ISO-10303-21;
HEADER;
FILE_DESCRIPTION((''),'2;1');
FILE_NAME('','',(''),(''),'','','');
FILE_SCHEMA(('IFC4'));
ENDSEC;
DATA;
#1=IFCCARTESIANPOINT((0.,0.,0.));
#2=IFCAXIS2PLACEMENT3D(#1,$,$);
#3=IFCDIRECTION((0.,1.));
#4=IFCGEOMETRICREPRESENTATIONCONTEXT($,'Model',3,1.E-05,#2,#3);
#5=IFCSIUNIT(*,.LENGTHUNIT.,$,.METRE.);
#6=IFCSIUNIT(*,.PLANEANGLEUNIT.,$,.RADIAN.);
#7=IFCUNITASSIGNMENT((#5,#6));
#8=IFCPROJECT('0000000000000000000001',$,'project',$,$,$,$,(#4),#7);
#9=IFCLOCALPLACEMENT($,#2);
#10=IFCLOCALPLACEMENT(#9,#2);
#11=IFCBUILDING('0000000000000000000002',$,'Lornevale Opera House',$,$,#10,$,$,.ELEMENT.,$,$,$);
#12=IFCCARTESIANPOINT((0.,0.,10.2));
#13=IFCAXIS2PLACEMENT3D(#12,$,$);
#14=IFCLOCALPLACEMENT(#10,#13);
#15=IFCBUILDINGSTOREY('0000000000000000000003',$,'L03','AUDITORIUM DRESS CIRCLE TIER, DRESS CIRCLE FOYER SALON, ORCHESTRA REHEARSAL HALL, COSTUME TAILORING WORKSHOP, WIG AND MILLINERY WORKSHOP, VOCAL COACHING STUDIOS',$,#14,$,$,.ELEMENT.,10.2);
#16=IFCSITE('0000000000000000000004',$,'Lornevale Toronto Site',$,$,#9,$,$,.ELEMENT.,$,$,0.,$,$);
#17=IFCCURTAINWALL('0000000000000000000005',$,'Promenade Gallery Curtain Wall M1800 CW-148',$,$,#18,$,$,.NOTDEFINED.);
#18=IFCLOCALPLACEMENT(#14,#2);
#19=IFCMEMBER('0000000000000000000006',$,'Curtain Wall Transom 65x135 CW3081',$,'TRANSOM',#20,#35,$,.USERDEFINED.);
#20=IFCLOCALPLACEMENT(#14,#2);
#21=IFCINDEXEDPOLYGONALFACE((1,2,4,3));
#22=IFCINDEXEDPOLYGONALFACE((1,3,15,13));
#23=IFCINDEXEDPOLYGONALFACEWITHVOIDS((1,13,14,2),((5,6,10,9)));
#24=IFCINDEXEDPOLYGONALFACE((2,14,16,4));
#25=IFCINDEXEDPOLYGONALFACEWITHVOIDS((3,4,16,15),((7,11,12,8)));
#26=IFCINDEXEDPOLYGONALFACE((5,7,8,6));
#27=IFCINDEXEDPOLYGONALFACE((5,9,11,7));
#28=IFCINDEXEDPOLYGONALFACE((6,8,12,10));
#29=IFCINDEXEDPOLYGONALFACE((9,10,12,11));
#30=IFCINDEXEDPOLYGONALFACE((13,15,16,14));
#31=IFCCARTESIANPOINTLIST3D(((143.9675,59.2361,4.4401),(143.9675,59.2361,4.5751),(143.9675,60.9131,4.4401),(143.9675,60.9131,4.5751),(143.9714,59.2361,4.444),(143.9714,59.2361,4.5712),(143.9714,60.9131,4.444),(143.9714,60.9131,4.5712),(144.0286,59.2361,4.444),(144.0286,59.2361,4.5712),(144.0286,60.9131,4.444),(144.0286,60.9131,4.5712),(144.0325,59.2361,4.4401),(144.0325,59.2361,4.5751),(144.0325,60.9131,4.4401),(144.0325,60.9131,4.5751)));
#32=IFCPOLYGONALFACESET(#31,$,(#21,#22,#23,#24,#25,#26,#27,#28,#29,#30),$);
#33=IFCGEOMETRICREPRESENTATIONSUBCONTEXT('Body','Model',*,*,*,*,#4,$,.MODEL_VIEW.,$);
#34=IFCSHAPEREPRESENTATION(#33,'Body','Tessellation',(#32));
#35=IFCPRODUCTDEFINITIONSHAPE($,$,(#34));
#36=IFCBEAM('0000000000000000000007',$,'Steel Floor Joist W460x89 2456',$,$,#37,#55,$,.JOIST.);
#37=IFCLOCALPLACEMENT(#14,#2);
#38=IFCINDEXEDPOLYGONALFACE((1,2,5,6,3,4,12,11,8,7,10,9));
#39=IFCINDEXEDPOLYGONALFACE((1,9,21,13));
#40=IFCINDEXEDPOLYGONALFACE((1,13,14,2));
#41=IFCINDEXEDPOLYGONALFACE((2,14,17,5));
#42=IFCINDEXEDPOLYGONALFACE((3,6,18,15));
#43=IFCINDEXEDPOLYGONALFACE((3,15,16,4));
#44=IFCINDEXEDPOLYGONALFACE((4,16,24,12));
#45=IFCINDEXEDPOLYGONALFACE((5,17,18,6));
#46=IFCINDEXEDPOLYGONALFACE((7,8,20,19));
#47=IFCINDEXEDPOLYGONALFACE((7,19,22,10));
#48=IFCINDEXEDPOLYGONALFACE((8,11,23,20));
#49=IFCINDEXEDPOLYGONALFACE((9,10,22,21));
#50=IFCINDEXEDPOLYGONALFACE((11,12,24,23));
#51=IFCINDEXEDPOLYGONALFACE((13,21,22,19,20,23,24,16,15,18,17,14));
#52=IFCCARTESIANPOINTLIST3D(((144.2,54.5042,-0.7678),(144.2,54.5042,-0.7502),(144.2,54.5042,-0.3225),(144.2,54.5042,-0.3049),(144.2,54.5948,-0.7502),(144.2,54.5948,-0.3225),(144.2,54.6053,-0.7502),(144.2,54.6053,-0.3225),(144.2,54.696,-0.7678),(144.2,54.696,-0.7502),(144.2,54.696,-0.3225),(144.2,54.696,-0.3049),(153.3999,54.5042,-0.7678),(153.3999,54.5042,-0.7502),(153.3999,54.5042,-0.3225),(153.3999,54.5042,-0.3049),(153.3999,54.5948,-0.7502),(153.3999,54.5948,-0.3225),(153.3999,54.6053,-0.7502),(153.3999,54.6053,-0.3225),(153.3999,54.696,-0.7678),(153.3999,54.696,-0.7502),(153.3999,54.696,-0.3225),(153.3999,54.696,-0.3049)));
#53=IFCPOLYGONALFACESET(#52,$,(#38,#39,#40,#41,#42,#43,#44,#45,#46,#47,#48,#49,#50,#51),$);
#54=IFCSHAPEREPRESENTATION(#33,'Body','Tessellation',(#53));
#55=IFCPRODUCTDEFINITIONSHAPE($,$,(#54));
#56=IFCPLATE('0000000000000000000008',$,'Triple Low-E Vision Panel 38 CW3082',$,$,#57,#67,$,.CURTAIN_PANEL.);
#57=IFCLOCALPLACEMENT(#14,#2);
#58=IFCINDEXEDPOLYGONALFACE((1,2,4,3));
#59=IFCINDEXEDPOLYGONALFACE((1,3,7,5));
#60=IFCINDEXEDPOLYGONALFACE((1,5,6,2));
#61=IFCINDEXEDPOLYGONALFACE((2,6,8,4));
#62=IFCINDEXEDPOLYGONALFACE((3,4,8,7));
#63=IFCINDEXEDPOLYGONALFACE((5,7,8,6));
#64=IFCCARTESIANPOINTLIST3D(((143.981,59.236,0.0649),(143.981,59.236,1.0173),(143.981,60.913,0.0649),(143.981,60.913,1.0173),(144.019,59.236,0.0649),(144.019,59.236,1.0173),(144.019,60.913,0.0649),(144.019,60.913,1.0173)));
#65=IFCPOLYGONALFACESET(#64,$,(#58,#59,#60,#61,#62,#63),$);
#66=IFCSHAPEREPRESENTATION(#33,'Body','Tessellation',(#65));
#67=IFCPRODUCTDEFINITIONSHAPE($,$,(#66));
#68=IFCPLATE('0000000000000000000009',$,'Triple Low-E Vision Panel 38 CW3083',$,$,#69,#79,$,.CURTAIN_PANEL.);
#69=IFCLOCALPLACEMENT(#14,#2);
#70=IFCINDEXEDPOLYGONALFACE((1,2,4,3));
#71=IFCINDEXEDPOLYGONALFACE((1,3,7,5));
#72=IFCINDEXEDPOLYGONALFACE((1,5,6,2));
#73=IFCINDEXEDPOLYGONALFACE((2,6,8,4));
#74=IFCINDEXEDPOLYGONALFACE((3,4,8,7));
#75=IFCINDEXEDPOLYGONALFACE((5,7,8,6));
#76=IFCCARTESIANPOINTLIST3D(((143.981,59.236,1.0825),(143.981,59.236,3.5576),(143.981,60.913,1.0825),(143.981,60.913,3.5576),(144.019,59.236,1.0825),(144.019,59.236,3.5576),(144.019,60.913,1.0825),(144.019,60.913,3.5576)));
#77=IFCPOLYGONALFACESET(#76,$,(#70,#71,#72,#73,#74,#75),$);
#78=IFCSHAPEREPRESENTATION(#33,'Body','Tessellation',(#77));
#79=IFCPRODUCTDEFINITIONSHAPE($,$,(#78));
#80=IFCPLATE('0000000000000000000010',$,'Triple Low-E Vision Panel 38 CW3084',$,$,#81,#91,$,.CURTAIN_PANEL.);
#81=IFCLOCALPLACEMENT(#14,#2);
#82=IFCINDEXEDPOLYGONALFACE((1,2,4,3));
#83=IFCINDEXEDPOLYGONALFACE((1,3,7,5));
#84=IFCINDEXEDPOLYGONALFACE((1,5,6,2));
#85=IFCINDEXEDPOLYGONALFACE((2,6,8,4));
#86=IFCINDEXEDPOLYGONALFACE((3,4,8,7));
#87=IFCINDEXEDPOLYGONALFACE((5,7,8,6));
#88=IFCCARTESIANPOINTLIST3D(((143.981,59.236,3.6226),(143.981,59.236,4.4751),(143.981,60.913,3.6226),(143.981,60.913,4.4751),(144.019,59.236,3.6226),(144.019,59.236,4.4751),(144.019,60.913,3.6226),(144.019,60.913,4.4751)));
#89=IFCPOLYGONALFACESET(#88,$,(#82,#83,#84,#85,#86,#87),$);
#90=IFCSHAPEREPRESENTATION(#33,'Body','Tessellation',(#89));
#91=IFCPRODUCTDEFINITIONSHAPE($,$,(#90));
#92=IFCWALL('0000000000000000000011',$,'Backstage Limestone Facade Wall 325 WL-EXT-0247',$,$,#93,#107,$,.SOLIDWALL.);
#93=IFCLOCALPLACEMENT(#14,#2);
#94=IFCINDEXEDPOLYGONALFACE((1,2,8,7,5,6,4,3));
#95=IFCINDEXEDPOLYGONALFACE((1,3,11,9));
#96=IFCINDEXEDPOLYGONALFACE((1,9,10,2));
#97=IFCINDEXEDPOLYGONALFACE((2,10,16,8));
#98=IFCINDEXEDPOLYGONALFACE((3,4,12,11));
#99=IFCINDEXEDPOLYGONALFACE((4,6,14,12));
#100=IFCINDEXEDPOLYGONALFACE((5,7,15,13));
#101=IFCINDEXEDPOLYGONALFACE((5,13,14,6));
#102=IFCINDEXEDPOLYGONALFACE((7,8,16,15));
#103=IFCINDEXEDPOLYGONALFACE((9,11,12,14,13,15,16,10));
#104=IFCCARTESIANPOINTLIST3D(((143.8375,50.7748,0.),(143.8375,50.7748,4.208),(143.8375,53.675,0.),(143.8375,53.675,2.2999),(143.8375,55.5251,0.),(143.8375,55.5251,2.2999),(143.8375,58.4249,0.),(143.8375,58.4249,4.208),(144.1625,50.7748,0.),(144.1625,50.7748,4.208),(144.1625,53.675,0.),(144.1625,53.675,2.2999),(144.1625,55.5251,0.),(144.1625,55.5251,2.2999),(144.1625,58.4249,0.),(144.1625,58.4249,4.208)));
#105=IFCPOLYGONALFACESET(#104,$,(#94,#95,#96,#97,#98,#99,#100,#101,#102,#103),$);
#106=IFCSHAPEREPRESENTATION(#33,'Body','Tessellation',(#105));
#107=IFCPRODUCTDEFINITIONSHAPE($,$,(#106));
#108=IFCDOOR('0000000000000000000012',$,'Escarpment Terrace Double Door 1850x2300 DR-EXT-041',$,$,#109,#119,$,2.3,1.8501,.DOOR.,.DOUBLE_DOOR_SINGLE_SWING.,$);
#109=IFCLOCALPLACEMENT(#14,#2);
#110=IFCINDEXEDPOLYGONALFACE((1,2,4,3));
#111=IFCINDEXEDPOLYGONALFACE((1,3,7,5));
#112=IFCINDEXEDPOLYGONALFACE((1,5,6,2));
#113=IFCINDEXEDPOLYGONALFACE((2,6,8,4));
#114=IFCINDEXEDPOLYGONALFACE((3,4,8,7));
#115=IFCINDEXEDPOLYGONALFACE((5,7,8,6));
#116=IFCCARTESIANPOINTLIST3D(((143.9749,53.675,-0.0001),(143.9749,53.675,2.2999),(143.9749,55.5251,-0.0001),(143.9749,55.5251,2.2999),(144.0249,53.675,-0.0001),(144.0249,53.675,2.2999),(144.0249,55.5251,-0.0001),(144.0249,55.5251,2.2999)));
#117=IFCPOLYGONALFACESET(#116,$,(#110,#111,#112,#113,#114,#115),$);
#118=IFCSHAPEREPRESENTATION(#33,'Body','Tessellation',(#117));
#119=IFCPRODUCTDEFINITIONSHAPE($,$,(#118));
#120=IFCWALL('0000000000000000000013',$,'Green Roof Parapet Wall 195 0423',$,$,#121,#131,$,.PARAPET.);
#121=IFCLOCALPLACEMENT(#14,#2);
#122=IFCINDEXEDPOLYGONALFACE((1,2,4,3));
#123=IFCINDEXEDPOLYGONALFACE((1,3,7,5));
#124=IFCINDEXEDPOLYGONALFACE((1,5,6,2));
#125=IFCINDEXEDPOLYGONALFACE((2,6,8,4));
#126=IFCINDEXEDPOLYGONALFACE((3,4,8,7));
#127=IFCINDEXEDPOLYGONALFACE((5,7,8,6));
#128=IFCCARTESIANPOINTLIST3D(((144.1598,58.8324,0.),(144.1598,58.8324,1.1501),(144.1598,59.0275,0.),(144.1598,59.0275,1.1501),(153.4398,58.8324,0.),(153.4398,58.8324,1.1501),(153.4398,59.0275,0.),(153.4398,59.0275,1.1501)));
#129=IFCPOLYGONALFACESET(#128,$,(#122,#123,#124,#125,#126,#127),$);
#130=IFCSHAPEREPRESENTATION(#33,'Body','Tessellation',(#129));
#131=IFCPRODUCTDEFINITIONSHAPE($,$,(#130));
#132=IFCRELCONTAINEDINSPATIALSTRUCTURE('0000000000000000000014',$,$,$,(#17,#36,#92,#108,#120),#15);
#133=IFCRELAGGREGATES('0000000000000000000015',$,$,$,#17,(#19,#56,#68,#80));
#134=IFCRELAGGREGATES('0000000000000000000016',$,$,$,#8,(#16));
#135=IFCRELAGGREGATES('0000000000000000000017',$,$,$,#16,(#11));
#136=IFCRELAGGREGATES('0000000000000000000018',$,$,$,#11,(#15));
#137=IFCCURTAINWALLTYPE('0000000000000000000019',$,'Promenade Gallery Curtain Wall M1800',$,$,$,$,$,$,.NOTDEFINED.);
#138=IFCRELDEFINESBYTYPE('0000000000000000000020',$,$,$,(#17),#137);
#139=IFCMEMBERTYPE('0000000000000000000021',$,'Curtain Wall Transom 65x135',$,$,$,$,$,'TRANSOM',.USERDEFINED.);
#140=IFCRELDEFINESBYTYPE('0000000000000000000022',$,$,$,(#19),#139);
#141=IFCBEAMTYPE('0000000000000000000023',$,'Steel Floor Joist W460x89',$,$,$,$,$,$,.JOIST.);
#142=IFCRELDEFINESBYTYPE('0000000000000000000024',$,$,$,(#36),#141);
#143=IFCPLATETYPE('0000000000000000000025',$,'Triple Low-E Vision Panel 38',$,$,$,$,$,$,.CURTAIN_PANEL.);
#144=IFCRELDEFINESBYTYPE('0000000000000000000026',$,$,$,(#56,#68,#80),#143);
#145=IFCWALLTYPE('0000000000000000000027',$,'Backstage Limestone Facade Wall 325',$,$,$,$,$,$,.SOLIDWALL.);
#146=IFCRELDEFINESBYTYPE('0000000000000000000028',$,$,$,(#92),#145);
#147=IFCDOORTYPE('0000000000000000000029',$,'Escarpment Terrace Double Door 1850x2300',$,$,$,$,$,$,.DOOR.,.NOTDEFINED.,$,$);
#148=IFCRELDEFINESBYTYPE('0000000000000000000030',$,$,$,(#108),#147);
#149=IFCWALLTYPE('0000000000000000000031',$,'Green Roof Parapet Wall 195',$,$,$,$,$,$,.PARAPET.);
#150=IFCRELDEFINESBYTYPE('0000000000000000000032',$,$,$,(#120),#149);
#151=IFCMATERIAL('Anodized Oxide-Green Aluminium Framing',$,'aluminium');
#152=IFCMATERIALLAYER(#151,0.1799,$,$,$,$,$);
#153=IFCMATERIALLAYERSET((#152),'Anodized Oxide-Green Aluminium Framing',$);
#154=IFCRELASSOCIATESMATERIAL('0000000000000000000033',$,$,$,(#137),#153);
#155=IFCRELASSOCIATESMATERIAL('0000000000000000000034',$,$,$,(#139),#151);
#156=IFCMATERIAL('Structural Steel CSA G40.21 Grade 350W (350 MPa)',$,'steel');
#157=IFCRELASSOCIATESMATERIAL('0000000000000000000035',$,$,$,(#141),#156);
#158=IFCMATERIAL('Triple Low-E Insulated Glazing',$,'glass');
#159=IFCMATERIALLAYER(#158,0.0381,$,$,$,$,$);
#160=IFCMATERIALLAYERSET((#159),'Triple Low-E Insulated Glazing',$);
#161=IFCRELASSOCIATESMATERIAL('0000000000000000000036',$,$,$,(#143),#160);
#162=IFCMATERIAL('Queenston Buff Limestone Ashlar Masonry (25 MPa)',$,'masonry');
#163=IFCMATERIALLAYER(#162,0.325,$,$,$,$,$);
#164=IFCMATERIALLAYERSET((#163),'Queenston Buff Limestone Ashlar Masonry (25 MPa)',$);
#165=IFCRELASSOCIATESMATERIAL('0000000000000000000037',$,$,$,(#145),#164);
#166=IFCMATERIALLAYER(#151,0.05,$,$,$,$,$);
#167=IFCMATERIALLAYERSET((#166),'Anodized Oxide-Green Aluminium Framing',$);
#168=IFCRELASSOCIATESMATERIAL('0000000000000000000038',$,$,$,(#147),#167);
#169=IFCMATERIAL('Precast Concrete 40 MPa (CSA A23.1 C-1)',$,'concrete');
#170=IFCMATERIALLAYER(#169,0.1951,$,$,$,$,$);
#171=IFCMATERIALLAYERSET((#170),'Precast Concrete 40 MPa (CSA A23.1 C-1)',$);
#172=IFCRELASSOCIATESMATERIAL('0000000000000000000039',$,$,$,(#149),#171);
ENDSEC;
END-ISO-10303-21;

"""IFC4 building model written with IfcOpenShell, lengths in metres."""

from ifc_helpers import new_model, si_unit, direction, frame, frame_2d, origin, origin_2d, place, context, subcontext, project, spatial, rectangle, hollow_rectangle, i_section, extrude, material, layer, layer_set, material_profile, profile_set, type_object, element, fill, aggregate, save


model = new_model("IFC4")

# Units and contexts
model_context = context("Model", 3, precision=1e-05, world=origin(), true_north=direction((0.0, 1.0)))
body_context = subcontext(model_context, "Body", "Model", "MODEL_VIEW")
ifc_project = project(units=[si_unit("LENGTHUNIT", "METRE"), si_unit("PLANEANGLEUNIT", "RADIAN")], contexts=[model_context])

# Site, building, storey
site_placement = place(None, origin())
site = spatial("IfcSite", under=ifc_project, at=site_placement, Name="Lornevale Toronto Site", CompositionType="ELEMENT", RefElevation=0.0)
building_placement = place(site_placement, origin())
building = spatial("IfcBuilding", under=site, at=building_placement, Name="Lornevale Opera House", CompositionType="ELEMENT")
storey_placement = place(building_placement, frame((0.0, 0.0, 10.2)))
storey = spatial("IfcBuildingStorey", under=building, at=storey_placement, Name="L03", Description="AUDITORIUM DRESS CIRCLE TIER, DRESS CIRCLE FOYER SALON, ORCHESTRA REHEARSAL HALL, COSTUME TAILORING WORKSHOP, WIG AND MILLINERY WORKSHOP, VOCAL COACHING STUDIOS", CompositionType="ELEMENT", Elevation=10.2)

# Curtain wall, member
ifc_material_1 = material(Name="Anodized Oxide-Green Aluminium Framing", Category="aluminium")
ifc_layer_1 = layer(ifc_material_1, 0.1799)
ifc_layer_set_1 = layer_set([ifc_layer_1], Name="Anodized Oxide-Green Aluminium Framing")
curtain_wall_type = type_object("IfcCurtainWallType", Name="Promenade Gallery Curtain Wall M1800", PredefinedType="NOTDEFINED", material=ifc_layer_set_1)
curtain_wall_placement = place(storey_placement, origin())
curtain_wall = element("IfcCurtainWall", 1, at=curtain_wall_placement, inside=storey, type_object=curtain_wall_type, Name="Promenade Gallery Curtain Wall M1800 CW-148", PredefinedType="NOTDEFINED")
ifc_material_profile_1 = material_profile(ifc_material_1, hollow_rectangle(XDim=0.0649, YDim=0.135, WallThickness=0.0039, at=origin_2d()), Name="ALU65x135x4")
ifc_profile_set_1 = profile_set([ifc_material_profile_1], Name="Anodized Oxide-Green Aluminium Framing")
member_type_1 = type_object("IfcMemberType", Name="Curtain Wall Transom 65x135", ElementType="TRANSOM", PredefinedType="USERDEFINED", material=ifc_profile_set_1)
member_1_placement = place(storey_placement, frame((144.0, 60.9131, 4.5076), z_axis=(0.0, -1.0, 0.0), x_axis=(1.0, 0.0, 0.0)))
member_1 = element("IfcMember", 2, at=member_1_placement, type_object=member_type_1, Name="Curtain Wall Transom 65x135 CW3081", ObjectType="TRANSOM", PredefinedType="USERDEFINED", context=body_context, shape_type="SweptSolid", body=[
    extrude(hollow_rectangle(XDim=0.0649, YDim=0.135, WallThickness=0.0039, at=origin_2d()), origin(), (0.0, 0.0, 1.0), 1.677),
])

# Beam
ifc_material_2 = material(Name="Structural Steel CSA G40.21 Grade 350W (350 MPa)", Category="steel")
ifc_material_profile_2 = material_profile(ifc_material_2, i_section(OverallWidth=0.1919, OverallDepth=0.4629, WebThickness=0.0105, FlangeThickness=0.0176, at=origin_2d()), Name="W460x89")
ifc_profile_set_2 = profile_set([ifc_material_profile_2], Name="Structural Steel CSA G40.21 Grade 350W (350 MPa)")
beam_type_1 = type_object("IfcBeamType", Name="Steel Floor Joist W460x89", PredefinedType="JOIST", material=ifc_profile_set_2)
beam_1_placement = place(storey_placement, frame((144.2, 54.6001, -0.5364), z_axis=(1.0, 0.0, 0.0), x_axis=(0.0, 1.0, 0.0)))
element("IfcBeam", 3, at=beam_1_placement, inside=storey, type_object=beam_type_1, Name="Steel Floor Joist W460x89 2456", PredefinedType="JOIST", context=body_context, shape_type="SweptSolid", body=[
    extrude(i_section(OverallWidth=0.1919, OverallDepth=0.4629, WebThickness=0.0105, FlangeThickness=0.0176, at=origin_2d()), origin(), (0.0, 0.0, 1.0), 9.2),
])

# Plates
ifc_material_3 = material(Name="Triple Low-E Insulated Glazing", Category="glass")
ifc_layer_2 = layer(ifc_material_3, 0.0381)
ifc_layer_set_2 = layer_set([ifc_layer_2], Name="Triple Low-E Insulated Glazing")
plate_type = type_object("IfcPlateType", Name="Triple Low-E Vision Panel 38", PredefinedType="CURTAIN_PANEL", material=ifc_layer_set_2)
plate_1_placement = place(storey_placement, frame((144.0, 60.0745, 0.0649), z_axis=(0.0, 0.0, 1.0), x_axis=(0.0, -1.0, 0.0)))
plate_1 = element("IfcPlate", 4, at=plate_1_placement, type_object=plate_type, Name="Triple Low-E Vision Panel 38 CW3082", PredefinedType="CURTAIN_PANEL", context=body_context, shape_type="SweptSolid", body=[
    extrude(rectangle(XDim=1.677, YDim=0.0381, at=origin_2d()), origin(), (0.0, 0.0, 1.0), 0.9524),
])
plate_2_placement = place(storey_placement, frame((144.0, 60.0745, 1.0825), z_axis=(0.0, 0.0, 1.0), x_axis=(0.0, -1.0, 0.0)))
plate_2 = element("IfcPlate", 5, at=plate_2_placement, type_object=plate_type, Name="Triple Low-E Vision Panel 38 CW3083", PredefinedType="CURTAIN_PANEL", context=body_context, shape_type="SweptSolid", body=[
    extrude(rectangle(XDim=1.677, YDim=0.0381, at=origin_2d()), origin(), (0.0, 0.0, 1.0), 2.4751),
])
plate_3_placement = place(storey_placement, frame((144.0, 60.0745, 3.6226), z_axis=(0.0, 0.0, 1.0), x_axis=(0.0, -1.0, 0.0)))
plate_3 = element("IfcPlate", 6, at=plate_3_placement, type_object=plate_type, Name="Triple Low-E Vision Panel 38 CW3084", PredefinedType="CURTAIN_PANEL", context=body_context, shape_type="SweptSolid", body=[
    extrude(rectangle(XDim=1.677, YDim=0.0381, at=origin_2d()), origin(), (0.0, 0.0, 1.0), 0.8525),
])
aggregate(curtain_wall, [member_1, plate_1, plate_2, plate_3])

# Wall, opening, door
ifc_material_4 = material(Name="Queenston Buff Limestone Ashlar Masonry (25 MPa)", Category="masonry")
ifc_layer_3 = layer(ifc_material_4, 0.325)
ifc_layer_set_3 = layer_set([ifc_layer_3], Name="Queenston Buff Limestone Ashlar Masonry (25 MPa)")
wall_type_1 = type_object("IfcWallType", Name="Backstage Limestone Facade Wall 325", PredefinedType="SOLIDWALL", material=ifc_layer_set_3)
wall_1_placement = place(storey_placement, frame((144.0, 58.425, 0.0), z_axis=(0.0, 0.0, 1.0), x_axis=(0.0, -1.0, 0.0)))
wall_1 = element("IfcWall", 7, at=wall_1_placement, inside=storey, type_object=wall_type_1, Name="Backstage Limestone Facade Wall 325 WL-EXT-0247", PredefinedType="SOLIDWALL", context=body_context, shape_type="SweptSolid", body=[
    extrude(rectangle(XDim=7.6501, YDim=0.325, at=frame_2d((3.8252, 0.0))), origin(), (0.0, 0.0, 1.0), 4.208),
])
opening_placement = place(wall_1_placement, frame((2.8999, 0.0, 0.0)))
opening = element("IfcOpeningElement", 8, at=opening_placement, cuts=wall_1, PredefinedType="OPENING", context=body_context, shape_type="SweptSolid", body=[
    extrude(rectangle(XDim=1.8501, YDim=2.3, at=frame_2d((0.925, 1.1499))), frame((0.0, 0.1724, 0.0), z_axis=(0.0, -1.0, 0.0), x_axis=(1.0, 0.0, 0.0)), (0.0, 0.0, 1.0), 0.345),
])
ifc_layer_4 = layer(ifc_material_1, 0.05)
ifc_layer_set_4 = layer_set([ifc_layer_4], Name="Anodized Oxide-Green Aluminium Framing")
door_type = type_object("IfcDoorType", Name="Escarpment Terrace Double Door 1850x2300", OperationType="NOTDEFINED", PredefinedType="DOOR", material=ifc_layer_set_4)
door_placement = place(opening_placement, origin())
door = element("IfcDoor", 9, at=door_placement, inside=storey, type_object=door_type, Name="Escarpment Terrace Double Door 1850x2300 DR-EXT-041", OperationType="DOUBLE_DOOR_SINGLE_SWING", OverallHeight=2.3, OverallWidth=1.8501, PredefinedType="DOOR", context=body_context, shape_type="SweptSolid", body=[
    extrude(rectangle(XDim=1.8501, YDim=2.3, at=frame_2d((0.925, 1.1499))), frame((0.0, 0.0249, 0.0), z_axis=(0.0, -1.0, 0.0), x_axis=(1.0, 0.0, 0.0)), (0.0, 0.0, 1.0), 0.05),
])
fill(opening, door)

# Wall
ifc_material_5 = material(Name="Precast Concrete 40 MPa (CSA A23.1 C-1)", Category="concrete")
ifc_layer_5 = layer(ifc_material_5, 0.1951)
ifc_layer_set_5 = layer_set([ifc_layer_5], Name="Precast Concrete 40 MPa (CSA A23.1 C-1)")
wall_type_2 = type_object("IfcWallType", Name="Green Roof Parapet Wall 195", PredefinedType="PARAPET", material=ifc_layer_set_5)
wall_2_placement = place(storey_placement, frame((153.4399, 58.9299, 0.0), z_axis=(0.0, 0.0, 1.0), x_axis=(-1.0, 0.0, 0.0)))
element("IfcWall", 10, at=wall_2_placement, inside=storey, type_object=wall_type_2, Name="Green Roof Parapet Wall 195 0423", PredefinedType="PARAPET", context=body_context, shape_type="SweptSolid", body=[
    extrude(rectangle(XDim=9.28, YDim=0.1951, at=frame_2d((4.6401, 0.0))), origin(), (0.0, 0.0, 1.0), 1.1501),
])

save(model, "model.ifc")
